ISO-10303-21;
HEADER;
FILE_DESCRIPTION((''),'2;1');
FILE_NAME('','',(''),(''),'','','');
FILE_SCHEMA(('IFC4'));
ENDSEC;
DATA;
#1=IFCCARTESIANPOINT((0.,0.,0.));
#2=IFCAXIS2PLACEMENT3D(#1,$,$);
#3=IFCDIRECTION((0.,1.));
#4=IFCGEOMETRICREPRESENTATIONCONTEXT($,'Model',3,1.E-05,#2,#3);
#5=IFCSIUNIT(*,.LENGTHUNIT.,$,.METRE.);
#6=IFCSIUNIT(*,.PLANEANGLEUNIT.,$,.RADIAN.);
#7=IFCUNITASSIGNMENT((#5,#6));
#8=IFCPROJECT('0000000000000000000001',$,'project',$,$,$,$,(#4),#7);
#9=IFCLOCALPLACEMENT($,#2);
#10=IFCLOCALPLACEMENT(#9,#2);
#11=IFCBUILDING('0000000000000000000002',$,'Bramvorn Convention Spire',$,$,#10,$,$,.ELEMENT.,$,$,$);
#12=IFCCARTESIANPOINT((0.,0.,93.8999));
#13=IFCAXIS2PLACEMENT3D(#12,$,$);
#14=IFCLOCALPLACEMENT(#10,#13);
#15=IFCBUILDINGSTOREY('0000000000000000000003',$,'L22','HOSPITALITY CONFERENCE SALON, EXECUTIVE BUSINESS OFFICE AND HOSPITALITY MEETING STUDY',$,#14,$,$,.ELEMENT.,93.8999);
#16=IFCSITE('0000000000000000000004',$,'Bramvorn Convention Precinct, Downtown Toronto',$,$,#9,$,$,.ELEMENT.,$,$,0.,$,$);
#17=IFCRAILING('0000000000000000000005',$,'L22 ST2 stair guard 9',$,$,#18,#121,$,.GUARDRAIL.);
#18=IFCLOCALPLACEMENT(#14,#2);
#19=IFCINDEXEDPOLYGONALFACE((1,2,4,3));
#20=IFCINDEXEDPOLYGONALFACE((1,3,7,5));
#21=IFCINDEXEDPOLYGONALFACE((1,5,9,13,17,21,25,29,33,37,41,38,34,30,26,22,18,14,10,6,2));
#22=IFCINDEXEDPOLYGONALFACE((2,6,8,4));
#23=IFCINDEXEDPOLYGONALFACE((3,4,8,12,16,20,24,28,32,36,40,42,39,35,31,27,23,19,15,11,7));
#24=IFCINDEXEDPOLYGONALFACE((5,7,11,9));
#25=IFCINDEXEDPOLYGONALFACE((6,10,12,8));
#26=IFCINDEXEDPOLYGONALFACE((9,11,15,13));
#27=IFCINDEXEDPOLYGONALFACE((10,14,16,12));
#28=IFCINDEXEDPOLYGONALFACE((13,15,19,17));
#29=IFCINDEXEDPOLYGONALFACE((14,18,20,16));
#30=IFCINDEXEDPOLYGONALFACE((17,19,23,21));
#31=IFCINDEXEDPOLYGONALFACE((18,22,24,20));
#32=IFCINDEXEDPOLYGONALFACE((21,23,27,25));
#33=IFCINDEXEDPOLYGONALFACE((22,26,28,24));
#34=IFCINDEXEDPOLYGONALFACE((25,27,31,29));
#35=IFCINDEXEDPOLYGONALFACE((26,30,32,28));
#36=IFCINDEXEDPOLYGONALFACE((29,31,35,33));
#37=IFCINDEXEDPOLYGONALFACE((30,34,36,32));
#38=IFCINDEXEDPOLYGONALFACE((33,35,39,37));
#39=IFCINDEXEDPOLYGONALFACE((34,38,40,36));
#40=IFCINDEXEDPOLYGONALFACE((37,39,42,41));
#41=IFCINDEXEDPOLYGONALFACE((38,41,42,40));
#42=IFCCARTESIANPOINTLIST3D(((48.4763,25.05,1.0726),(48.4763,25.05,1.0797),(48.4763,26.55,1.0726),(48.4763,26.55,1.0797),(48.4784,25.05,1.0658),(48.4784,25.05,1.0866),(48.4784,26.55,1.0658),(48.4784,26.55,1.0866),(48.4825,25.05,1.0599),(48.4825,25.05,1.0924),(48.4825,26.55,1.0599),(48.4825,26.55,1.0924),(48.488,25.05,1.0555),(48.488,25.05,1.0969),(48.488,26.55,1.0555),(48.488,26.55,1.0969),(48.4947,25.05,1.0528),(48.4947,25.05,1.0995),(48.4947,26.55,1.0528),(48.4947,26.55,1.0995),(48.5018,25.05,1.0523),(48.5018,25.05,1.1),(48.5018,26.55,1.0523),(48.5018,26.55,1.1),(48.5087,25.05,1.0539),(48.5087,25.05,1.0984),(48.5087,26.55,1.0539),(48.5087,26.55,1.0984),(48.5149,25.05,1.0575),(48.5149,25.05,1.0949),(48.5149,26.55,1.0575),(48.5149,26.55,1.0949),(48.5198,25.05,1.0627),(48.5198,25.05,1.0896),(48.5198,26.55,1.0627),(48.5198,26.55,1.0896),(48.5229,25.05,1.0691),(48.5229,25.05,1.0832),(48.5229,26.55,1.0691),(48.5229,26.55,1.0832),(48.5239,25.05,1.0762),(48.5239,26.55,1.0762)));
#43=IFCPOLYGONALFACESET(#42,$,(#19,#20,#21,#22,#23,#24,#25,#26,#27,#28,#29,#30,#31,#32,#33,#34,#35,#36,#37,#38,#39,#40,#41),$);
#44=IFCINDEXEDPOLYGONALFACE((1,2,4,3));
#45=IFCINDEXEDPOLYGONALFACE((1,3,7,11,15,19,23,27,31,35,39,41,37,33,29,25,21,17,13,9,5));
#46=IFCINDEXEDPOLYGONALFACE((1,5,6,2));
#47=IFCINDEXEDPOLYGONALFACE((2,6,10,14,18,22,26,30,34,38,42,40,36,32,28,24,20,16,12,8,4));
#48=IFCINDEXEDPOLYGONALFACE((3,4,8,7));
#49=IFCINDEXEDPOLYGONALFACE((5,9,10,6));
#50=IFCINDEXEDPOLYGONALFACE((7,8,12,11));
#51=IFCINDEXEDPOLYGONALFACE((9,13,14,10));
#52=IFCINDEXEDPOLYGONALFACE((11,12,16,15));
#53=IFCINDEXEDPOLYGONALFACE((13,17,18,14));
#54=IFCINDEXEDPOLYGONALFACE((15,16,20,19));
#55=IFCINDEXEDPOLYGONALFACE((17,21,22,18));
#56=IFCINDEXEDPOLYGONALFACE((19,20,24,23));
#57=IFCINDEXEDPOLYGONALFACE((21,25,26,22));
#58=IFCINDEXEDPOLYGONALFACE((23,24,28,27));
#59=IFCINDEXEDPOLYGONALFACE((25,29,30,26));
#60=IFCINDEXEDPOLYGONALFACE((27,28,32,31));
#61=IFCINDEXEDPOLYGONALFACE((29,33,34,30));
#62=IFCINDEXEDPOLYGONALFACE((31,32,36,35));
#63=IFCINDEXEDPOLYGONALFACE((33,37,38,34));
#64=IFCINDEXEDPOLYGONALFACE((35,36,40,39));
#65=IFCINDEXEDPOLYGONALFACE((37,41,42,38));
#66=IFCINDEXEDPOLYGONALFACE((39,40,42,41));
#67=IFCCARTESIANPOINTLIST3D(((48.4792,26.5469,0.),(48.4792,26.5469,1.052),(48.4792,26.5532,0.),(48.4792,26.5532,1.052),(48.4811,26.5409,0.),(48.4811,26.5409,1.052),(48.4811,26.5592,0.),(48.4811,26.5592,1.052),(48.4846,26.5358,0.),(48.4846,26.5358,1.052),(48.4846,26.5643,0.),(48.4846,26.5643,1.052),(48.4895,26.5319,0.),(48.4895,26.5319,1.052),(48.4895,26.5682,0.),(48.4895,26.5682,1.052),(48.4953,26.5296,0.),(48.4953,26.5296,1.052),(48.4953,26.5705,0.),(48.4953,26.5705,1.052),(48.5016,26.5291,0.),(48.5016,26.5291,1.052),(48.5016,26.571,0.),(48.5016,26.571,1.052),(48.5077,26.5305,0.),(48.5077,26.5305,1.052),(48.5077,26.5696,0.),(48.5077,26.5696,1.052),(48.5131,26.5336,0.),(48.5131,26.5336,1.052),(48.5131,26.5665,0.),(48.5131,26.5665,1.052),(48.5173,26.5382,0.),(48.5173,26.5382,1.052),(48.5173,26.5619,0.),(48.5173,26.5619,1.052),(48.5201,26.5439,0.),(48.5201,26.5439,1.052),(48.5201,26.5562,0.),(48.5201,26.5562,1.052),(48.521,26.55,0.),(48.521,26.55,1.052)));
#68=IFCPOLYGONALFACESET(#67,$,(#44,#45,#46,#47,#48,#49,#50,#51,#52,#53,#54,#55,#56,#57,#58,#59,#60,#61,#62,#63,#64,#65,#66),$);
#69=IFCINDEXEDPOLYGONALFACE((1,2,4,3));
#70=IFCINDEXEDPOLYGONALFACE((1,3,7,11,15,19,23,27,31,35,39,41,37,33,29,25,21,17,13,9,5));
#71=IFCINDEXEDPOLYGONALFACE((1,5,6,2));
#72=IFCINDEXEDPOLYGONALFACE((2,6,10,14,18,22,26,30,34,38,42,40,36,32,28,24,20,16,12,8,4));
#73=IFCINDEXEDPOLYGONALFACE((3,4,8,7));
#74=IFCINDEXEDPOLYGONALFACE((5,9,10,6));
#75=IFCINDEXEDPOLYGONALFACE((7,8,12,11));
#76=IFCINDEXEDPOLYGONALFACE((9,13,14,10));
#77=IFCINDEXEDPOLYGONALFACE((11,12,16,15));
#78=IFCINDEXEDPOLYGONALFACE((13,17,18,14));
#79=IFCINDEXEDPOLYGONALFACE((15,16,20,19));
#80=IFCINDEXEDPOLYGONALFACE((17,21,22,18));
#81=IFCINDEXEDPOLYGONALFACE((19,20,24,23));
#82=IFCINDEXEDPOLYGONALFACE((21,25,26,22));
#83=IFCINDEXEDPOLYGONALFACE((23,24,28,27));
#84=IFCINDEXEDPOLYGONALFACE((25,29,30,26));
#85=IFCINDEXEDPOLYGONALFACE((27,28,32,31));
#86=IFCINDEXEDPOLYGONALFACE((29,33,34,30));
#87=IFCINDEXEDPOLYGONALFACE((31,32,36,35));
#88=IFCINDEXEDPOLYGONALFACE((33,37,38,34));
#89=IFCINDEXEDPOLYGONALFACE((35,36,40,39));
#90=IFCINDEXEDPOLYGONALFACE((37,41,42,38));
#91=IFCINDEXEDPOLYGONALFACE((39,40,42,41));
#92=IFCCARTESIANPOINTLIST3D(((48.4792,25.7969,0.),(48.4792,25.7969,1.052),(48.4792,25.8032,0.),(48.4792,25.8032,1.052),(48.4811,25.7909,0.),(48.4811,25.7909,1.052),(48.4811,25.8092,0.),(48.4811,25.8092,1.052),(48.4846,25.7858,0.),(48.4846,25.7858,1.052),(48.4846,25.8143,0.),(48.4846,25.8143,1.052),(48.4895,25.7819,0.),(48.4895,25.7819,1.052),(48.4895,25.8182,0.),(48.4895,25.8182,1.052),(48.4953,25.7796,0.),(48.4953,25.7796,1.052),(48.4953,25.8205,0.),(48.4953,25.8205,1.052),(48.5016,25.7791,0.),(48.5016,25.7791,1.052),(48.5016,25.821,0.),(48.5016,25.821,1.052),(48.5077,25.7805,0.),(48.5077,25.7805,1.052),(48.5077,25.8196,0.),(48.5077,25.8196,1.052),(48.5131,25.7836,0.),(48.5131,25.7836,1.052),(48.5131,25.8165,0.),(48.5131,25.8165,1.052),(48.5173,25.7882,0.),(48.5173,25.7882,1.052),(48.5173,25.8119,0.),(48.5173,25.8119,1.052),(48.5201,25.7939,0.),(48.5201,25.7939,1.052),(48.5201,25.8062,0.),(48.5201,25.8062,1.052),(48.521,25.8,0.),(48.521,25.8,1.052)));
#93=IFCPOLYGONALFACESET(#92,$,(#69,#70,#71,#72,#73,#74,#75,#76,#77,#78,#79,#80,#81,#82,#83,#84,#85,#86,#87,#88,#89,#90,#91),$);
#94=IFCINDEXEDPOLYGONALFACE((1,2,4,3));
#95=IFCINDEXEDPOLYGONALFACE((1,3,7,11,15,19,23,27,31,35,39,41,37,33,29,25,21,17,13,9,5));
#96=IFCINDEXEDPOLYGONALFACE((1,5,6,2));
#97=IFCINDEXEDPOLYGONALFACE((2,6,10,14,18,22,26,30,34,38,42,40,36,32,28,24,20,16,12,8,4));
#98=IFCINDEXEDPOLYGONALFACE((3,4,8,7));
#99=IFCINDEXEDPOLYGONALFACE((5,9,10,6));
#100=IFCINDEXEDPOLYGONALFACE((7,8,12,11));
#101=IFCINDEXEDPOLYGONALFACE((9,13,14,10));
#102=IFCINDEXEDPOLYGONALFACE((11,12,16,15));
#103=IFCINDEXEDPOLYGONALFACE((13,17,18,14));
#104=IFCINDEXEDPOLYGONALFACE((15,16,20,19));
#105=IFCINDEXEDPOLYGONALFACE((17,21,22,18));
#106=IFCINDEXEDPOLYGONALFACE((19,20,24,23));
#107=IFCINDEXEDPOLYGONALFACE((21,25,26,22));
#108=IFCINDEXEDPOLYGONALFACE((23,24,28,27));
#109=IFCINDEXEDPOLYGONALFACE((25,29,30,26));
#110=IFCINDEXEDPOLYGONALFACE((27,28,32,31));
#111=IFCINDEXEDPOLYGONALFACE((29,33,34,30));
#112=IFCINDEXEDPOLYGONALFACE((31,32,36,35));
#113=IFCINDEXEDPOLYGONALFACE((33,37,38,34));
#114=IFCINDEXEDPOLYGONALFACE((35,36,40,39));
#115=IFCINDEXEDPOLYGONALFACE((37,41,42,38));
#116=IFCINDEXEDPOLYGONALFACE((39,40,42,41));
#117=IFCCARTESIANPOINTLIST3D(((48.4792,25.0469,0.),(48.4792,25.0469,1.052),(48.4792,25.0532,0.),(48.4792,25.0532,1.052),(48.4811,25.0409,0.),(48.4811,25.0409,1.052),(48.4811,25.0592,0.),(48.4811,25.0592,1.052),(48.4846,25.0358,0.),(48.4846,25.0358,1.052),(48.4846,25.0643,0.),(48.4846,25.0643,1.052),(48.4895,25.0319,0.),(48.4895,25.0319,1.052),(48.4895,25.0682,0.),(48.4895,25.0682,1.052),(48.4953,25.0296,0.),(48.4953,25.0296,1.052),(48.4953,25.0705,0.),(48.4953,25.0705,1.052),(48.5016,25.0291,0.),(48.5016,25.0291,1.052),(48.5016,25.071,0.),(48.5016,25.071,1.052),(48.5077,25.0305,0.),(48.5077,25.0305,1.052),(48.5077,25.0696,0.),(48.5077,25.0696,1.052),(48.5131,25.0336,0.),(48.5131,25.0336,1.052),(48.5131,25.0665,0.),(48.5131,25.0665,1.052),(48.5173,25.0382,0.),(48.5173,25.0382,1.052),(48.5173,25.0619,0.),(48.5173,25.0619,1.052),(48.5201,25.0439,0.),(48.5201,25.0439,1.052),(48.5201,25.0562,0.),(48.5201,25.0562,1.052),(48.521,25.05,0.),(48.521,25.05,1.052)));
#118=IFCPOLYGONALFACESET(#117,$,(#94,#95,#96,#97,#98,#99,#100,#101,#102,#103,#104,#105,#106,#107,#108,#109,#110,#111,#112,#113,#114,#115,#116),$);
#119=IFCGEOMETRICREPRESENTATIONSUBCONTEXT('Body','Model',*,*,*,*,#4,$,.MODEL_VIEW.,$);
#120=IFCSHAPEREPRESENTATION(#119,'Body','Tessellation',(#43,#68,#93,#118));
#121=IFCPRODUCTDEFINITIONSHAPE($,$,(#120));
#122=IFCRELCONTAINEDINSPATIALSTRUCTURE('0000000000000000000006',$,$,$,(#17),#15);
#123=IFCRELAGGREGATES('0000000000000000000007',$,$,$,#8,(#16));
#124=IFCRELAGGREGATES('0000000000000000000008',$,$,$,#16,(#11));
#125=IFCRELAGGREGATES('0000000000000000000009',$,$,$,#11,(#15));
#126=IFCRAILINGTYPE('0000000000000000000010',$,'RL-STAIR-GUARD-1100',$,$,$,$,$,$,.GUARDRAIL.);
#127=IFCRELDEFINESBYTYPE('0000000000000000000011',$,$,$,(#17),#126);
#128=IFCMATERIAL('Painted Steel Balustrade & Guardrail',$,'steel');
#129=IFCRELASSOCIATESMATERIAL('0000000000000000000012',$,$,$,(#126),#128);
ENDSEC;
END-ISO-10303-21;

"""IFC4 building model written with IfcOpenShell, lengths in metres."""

from ifc_helpers import new_model, si_unit, direction, frame, origin, origin_2d, place, context, subcontext, project, spatial, circle, extrude, material, type_object, element, save


model = new_model("IFC4")

# Units and contexts
model_context = context("Model", 3, precision=1e-05, world=origin(), true_north=direction((0.0, 1.0)))
body_context = subcontext(model_context, "Body", "Model", "MODEL_VIEW")
ifc_project = project(units=[si_unit("LENGTHUNIT", "METRE"), si_unit("PLANEANGLEUNIT", "RADIAN")], contexts=[model_context])

# Site, building, storey
site_placement = place(None, origin())
site = spatial("IfcSite", under=ifc_project, at=site_placement, Name="Bramvorn Convention Precinct, Downtown Toronto", CompositionType="ELEMENT", RefElevation=0.0)
building_placement = place(site_placement, origin())
building = spatial("IfcBuilding", under=site, at=building_placement, Name="Bramvorn Convention Spire", CompositionType="ELEMENT")
storey_placement = place(building_placement, frame((0.0, 0.0, 93.8999)))
storey = spatial("IfcBuildingStorey", under=building, at=storey_placement, Name="L22", Description="HOSPITALITY CONFERENCE SALON, EXECUTIVE BUSINESS OFFICE AND HOSPITALITY MEETING STUDY", CompositionType="ELEMENT", Elevation=93.8999)

# Railing
ifc_material_1 = material(Name="Painted Steel Balustrade & Guardrail", Category="steel")
railing_type = type_object("IfcRailingType", Name="RL-STAIR-GUARD-1100", PredefinedType="GUARDRAIL", material=ifc_material_1)
railing_1_placement = place(storey_placement, frame((48.5, 26.55, 0.0)))
element("IfcRailing", 1, at=railing_1_placement, inside=storey, type_object=railing_type, Name="L22 ST2 stair guard 9", PredefinedType="GUARDRAIL", context=body_context, shape_type="SweptSolid", body=[
    extrude(circle(Radius=0.0239, at=origin_2d()), frame((0.0, 0.0, 1.0762), z_axis=(0.0, -1.0, 0.0), x_axis=(1.0, 0.0, 0.0)), (0.0, 0.0, 1.0), 1.5),
    extrude(circle(Radius=0.021, at=origin_2d()), origin(), (0.0, 0.0, 1.0), 1.052),
    extrude(circle(Radius=0.021, at=origin_2d()), frame((0.0, -0.75, 0.0)), (0.0, 0.0, 1.0), 1.052),
    extrude(circle(Radius=0.021, at=origin_2d()), frame((0.0, -1.5, 0.0)), (0.0, 0.0, 1.0), 1.052),
])

save(model, "model.ifc")
